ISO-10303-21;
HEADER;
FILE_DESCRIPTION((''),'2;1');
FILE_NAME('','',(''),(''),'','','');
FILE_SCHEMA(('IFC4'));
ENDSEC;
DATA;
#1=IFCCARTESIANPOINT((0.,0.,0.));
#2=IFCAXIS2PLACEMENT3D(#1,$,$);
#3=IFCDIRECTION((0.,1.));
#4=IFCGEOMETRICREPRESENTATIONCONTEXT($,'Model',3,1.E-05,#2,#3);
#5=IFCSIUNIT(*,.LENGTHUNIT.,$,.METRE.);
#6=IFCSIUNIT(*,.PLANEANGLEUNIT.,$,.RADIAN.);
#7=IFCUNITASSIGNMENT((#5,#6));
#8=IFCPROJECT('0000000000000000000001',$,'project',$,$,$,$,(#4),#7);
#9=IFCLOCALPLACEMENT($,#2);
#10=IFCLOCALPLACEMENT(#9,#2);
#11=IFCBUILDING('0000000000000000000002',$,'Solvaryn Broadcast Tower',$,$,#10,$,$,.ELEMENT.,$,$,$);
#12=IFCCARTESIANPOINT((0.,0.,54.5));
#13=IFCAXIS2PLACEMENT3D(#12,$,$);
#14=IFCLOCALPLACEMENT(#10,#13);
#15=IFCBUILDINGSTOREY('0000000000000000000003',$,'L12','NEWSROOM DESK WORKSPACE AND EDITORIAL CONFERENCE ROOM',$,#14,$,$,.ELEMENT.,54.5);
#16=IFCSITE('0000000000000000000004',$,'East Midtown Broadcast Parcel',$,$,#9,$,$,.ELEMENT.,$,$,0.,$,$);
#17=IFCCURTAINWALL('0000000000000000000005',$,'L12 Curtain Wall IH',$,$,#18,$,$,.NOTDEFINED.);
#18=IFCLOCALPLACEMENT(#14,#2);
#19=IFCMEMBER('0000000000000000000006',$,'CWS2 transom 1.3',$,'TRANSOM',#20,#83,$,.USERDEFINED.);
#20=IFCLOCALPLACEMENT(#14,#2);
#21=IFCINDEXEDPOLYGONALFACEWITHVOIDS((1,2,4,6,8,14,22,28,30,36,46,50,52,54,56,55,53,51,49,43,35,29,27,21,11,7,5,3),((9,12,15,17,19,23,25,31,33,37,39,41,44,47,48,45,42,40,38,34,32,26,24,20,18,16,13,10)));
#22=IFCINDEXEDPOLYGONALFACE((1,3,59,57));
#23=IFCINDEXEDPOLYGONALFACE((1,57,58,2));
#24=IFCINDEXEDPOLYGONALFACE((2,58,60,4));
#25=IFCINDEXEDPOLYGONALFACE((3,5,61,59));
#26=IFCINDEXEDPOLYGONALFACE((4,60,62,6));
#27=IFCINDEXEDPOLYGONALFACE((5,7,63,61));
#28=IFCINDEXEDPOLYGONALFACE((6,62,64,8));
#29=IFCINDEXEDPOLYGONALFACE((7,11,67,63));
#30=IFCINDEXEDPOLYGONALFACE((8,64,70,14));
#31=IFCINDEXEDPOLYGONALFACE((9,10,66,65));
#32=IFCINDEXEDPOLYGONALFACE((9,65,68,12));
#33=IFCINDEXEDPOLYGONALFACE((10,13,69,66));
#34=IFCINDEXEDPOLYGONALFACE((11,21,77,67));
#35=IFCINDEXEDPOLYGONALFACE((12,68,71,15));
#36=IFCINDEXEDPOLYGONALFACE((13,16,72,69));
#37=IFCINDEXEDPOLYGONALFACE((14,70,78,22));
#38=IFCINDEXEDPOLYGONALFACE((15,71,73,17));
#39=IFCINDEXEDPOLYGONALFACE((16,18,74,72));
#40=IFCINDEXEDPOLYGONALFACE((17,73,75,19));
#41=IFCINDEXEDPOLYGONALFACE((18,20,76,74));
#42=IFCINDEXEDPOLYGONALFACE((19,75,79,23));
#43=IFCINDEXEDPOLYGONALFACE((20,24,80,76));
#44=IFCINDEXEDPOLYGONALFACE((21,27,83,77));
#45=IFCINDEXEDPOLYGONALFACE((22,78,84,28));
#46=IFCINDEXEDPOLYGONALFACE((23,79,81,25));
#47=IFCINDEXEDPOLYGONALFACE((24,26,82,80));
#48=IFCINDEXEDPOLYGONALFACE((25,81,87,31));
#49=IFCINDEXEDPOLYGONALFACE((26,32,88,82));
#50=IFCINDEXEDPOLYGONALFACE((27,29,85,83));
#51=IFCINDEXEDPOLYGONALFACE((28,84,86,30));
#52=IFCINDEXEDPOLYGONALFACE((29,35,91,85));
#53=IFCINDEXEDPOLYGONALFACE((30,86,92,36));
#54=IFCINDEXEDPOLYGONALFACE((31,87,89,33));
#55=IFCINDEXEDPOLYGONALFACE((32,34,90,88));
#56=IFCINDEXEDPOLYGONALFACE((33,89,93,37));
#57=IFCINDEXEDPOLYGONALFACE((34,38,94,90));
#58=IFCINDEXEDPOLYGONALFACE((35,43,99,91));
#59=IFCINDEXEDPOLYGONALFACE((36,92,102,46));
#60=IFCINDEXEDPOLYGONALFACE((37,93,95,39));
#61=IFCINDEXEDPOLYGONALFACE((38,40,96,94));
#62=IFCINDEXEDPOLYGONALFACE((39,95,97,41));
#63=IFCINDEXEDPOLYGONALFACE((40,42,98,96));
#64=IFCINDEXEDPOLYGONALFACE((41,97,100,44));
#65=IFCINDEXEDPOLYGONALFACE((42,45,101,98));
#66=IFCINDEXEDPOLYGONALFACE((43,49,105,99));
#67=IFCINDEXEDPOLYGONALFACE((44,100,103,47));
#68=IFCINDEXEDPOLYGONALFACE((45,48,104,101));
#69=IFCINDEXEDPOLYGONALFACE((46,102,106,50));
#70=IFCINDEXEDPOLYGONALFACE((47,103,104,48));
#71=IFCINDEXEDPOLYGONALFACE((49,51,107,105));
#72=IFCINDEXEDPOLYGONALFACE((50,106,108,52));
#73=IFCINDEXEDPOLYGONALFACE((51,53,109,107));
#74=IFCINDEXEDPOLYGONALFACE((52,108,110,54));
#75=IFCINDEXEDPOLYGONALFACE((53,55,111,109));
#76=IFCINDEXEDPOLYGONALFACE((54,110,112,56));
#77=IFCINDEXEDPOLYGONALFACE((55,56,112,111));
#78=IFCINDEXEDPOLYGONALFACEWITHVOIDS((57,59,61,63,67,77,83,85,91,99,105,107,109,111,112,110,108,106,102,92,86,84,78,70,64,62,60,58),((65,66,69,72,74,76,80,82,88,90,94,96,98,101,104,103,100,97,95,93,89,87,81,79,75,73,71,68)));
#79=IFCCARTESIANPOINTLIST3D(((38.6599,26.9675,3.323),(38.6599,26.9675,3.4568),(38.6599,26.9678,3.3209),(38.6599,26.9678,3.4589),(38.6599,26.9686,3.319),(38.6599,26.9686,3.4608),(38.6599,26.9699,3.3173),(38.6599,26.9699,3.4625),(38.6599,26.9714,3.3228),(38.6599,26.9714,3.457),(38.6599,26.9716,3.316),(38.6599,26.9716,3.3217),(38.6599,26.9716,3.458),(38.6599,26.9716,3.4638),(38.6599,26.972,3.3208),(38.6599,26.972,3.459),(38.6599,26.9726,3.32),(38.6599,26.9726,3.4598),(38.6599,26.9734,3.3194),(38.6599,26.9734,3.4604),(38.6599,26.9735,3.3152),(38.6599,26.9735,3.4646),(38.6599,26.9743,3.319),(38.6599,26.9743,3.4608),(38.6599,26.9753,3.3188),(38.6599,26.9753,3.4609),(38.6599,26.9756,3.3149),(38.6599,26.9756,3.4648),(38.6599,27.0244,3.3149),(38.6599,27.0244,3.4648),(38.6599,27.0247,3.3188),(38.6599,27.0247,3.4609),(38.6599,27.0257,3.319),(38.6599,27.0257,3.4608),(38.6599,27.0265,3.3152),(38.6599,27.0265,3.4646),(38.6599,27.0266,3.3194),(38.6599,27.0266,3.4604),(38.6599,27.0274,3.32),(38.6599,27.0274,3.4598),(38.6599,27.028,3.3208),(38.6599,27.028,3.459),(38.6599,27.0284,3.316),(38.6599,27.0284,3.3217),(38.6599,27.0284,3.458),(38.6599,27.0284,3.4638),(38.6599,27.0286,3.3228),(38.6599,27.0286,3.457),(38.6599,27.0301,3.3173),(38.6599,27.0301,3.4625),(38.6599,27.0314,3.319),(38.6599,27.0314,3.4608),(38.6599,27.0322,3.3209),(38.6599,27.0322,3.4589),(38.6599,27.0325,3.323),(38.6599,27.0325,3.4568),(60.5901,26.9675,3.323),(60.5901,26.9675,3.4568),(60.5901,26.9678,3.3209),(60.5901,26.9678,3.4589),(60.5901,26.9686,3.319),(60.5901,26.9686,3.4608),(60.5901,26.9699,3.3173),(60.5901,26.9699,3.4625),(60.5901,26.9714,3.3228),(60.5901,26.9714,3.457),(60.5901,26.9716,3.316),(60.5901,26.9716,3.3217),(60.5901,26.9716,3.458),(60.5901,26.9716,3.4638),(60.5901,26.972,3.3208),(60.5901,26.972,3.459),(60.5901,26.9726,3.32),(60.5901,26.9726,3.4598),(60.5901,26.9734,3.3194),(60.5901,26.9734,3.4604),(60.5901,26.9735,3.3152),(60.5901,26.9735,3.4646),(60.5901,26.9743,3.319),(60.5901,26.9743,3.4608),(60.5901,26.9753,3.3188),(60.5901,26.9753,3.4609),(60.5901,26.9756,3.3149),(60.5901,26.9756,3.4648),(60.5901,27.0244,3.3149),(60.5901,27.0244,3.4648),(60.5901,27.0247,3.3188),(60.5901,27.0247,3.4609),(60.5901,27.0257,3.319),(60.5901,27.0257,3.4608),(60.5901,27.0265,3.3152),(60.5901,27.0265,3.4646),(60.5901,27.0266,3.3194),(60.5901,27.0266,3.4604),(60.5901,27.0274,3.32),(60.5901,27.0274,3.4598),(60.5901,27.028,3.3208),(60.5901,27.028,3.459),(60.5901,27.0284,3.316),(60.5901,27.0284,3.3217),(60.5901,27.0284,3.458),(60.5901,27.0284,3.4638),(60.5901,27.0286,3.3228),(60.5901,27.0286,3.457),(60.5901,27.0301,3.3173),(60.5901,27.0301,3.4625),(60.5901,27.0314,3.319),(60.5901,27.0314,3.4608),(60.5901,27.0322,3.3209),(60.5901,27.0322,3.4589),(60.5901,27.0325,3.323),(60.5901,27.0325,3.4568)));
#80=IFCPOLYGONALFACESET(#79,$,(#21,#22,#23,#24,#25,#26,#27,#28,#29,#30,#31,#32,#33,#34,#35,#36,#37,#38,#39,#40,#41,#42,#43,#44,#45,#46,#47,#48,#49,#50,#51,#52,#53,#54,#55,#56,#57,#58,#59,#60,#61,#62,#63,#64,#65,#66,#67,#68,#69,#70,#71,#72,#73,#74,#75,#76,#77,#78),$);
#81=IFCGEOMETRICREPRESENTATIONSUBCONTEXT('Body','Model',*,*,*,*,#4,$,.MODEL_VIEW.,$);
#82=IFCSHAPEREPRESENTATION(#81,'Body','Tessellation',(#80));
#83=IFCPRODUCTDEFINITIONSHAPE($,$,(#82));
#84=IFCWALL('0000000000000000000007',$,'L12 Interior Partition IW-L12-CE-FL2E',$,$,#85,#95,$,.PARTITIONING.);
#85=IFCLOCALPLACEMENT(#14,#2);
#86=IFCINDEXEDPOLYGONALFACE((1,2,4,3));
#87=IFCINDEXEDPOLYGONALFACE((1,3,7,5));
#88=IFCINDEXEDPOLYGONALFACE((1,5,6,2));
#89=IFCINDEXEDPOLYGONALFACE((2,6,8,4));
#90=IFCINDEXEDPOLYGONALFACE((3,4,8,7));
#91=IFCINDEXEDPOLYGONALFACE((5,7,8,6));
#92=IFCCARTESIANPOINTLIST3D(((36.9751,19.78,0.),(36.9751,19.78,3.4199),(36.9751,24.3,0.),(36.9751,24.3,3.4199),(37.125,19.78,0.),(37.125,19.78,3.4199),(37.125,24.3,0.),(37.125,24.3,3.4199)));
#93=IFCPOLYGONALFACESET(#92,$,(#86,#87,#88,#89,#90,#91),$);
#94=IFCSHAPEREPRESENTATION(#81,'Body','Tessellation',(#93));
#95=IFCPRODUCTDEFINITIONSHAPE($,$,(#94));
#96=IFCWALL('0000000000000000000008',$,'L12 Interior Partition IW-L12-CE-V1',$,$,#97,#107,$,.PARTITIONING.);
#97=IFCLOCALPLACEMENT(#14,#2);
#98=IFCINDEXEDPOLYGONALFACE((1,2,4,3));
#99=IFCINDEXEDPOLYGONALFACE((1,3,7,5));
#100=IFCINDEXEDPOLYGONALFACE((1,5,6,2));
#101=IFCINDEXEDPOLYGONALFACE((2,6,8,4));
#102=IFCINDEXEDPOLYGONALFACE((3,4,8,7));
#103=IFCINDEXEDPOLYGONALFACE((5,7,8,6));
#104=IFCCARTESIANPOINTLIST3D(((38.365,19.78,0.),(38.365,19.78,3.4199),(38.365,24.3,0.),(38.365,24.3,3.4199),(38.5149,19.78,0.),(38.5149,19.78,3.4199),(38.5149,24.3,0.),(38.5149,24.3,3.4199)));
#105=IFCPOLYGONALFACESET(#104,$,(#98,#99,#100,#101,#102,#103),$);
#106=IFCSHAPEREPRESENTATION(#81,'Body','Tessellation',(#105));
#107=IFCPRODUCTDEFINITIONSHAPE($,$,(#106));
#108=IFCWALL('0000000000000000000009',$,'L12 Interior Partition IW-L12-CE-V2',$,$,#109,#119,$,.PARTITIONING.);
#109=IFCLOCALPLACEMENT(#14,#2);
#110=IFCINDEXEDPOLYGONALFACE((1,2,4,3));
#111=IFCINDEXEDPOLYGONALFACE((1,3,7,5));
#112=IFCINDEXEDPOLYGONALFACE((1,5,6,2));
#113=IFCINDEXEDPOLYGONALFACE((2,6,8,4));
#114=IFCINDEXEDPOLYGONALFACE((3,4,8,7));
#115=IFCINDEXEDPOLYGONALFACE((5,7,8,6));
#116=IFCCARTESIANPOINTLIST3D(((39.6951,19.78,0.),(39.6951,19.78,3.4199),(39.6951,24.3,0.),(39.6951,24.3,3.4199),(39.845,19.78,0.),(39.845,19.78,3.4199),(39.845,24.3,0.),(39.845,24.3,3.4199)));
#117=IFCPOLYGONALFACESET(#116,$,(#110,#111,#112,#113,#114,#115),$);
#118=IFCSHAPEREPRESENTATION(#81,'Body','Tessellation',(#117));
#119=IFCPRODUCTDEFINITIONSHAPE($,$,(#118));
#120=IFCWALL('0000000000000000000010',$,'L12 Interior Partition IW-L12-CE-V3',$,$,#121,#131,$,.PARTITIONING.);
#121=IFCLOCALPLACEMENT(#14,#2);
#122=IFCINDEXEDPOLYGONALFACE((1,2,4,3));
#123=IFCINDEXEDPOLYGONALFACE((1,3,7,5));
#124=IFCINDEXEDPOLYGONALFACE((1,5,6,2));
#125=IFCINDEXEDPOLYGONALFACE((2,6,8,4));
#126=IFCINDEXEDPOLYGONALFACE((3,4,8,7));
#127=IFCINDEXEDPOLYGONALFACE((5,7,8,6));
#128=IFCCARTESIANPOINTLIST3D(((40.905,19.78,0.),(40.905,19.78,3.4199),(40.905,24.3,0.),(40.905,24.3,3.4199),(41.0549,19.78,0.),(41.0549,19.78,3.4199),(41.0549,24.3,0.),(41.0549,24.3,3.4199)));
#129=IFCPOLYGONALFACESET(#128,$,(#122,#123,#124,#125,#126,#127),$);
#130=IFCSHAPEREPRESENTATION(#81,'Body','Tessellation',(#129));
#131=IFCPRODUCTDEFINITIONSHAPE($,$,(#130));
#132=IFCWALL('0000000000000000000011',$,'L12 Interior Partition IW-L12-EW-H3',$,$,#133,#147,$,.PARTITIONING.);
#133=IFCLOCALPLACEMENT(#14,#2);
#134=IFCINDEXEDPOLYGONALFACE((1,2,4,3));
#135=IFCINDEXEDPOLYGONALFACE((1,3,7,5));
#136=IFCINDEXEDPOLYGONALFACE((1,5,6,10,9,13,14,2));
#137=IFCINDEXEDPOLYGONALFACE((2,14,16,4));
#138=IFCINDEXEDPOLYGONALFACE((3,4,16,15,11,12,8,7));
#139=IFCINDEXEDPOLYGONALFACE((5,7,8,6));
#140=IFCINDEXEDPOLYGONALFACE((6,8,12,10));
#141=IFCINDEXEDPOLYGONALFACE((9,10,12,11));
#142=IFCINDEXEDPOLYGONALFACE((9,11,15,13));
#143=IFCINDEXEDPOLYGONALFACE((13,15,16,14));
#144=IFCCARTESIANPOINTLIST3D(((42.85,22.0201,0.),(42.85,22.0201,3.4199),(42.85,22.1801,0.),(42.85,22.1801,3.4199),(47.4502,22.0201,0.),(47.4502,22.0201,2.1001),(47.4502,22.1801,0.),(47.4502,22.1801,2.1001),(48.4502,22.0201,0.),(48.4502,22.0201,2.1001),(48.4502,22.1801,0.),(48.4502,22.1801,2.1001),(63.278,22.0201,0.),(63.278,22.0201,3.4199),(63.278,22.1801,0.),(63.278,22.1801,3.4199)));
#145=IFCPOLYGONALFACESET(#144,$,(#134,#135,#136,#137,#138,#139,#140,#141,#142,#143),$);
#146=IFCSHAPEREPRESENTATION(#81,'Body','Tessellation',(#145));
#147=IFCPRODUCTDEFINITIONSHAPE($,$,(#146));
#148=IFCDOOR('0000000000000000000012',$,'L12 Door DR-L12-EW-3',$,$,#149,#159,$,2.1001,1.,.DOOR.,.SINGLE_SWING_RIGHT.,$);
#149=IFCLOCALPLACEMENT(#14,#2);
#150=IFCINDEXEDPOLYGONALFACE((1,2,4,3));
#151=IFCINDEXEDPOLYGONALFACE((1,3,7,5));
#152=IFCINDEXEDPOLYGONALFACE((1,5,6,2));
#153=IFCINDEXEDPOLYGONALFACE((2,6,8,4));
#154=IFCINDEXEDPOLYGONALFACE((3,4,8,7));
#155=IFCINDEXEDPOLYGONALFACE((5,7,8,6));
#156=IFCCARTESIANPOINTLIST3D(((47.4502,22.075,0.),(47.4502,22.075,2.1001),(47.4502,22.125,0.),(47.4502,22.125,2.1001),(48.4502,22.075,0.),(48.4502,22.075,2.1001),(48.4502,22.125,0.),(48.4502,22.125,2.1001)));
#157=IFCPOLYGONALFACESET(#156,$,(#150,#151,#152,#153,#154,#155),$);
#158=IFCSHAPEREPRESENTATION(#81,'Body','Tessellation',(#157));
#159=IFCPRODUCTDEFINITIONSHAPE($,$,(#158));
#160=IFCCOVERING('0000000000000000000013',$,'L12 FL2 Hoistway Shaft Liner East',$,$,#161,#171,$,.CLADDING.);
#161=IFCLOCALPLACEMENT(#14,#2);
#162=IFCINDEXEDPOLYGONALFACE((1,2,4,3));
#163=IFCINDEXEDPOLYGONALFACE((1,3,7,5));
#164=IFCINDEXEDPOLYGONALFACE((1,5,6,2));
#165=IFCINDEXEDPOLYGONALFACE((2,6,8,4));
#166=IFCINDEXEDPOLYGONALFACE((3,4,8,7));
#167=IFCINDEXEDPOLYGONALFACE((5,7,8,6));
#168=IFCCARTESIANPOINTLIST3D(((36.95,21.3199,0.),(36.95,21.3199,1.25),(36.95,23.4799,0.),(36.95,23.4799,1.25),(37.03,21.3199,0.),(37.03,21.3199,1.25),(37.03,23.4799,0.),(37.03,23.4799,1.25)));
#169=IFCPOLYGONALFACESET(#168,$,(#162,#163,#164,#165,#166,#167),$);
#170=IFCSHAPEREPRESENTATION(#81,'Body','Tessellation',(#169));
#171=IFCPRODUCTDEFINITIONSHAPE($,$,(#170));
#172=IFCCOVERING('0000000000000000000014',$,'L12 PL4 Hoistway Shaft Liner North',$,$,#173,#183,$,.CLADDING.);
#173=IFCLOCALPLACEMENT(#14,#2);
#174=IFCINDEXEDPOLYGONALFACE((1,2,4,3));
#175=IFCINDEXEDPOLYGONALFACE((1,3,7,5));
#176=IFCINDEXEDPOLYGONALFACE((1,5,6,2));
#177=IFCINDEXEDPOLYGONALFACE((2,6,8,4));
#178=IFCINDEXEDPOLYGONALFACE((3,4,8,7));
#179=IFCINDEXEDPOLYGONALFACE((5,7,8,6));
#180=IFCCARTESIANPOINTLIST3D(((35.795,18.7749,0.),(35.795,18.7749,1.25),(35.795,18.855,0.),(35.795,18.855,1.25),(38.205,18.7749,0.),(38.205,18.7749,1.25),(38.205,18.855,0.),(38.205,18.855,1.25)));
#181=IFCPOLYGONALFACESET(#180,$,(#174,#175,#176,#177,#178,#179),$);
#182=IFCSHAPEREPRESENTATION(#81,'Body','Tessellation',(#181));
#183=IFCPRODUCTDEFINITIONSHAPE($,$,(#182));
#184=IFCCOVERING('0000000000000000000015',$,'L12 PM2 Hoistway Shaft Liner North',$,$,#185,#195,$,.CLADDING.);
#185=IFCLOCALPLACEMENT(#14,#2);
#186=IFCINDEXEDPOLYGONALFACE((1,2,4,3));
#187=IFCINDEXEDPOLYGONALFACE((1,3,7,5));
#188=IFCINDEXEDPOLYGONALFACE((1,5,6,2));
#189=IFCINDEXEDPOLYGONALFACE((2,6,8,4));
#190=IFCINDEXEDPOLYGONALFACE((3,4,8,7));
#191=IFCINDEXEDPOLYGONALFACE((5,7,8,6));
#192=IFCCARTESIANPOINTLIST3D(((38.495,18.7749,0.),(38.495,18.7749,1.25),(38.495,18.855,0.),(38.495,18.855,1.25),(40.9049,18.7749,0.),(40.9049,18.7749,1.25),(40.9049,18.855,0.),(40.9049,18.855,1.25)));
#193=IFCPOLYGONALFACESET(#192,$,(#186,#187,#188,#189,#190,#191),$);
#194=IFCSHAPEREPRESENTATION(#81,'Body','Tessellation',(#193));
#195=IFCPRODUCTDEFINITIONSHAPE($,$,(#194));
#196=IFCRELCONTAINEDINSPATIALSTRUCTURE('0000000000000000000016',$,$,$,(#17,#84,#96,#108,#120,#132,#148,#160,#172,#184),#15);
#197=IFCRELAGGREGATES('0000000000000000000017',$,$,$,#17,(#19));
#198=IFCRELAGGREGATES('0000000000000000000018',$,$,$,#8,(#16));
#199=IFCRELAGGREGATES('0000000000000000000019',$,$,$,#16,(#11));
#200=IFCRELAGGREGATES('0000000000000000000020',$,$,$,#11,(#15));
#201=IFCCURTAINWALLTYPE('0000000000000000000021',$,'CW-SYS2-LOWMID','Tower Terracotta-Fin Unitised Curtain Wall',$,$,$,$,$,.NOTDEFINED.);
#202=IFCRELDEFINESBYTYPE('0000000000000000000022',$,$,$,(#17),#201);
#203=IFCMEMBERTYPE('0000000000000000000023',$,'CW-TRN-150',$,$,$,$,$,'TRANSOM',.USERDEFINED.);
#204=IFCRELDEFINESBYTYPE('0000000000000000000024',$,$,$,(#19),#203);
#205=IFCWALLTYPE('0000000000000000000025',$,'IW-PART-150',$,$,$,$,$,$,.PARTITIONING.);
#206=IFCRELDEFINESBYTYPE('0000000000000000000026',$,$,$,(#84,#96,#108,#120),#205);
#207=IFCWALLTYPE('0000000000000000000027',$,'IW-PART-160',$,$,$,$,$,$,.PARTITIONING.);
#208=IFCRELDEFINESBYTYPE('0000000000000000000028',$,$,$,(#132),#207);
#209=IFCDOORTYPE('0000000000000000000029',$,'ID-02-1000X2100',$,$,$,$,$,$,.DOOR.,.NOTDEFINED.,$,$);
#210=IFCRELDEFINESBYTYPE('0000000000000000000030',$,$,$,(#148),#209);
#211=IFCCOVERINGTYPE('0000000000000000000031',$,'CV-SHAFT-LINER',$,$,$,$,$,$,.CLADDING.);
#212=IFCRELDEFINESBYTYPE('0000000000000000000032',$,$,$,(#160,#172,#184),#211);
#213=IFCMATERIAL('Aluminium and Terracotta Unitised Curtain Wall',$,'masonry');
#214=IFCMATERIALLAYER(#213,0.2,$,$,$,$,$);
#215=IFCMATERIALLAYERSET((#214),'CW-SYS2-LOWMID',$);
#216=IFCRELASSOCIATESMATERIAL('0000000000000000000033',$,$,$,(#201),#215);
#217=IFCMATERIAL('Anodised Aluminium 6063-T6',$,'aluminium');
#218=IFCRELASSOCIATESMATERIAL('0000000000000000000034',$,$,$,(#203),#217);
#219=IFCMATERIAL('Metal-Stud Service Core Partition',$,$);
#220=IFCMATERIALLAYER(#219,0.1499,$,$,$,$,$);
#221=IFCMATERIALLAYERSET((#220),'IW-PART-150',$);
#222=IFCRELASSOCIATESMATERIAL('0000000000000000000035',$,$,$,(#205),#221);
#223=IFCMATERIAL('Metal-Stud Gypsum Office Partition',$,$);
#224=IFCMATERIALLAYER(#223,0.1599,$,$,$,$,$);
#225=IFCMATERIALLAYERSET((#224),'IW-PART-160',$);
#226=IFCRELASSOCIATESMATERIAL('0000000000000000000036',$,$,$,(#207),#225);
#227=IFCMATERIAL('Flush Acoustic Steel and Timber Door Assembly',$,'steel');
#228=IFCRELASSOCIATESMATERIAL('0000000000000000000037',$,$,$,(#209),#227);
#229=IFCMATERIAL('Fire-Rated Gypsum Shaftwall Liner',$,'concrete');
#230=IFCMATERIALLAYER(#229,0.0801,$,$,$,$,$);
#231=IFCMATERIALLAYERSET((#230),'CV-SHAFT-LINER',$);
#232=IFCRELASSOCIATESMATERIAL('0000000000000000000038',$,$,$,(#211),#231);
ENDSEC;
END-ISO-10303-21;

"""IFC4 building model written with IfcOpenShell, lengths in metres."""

from ifc_helpers import new_model, si_unit, direction, frame, frame_2d, origin, origin_2d, place, context, subcontext, project, spatial, rectangle, hollow_rectangle, extrude, material, layer, layer_set, material_profile, profile_set, type_object, element, fill, aggregate, save


model = new_model("IFC4")

# Units and contexts
model_context = context("Model", 3, precision=1e-05, world=origin(), true_north=direction((0.0, 1.0)))
body_context = subcontext(model_context, "Body", "Model", "MODEL_VIEW")
ifc_project = project(units=[si_unit("LENGTHUNIT", "METRE"), si_unit("PLANEANGLEUNIT", "RADIAN")], contexts=[model_context])

# Site, building, storey
site_placement = place(None, origin())
site = spatial("IfcSite", under=ifc_project, at=site_placement, Name="East Midtown Broadcast Parcel", CompositionType="ELEMENT", RefElevation=0.0)
building_placement = place(site_placement, origin())
building = spatial("IfcBuilding", under=site, at=building_placement, Name="Solvaryn Broadcast Tower", CompositionType="ELEMENT")
storey_placement = place(building_placement, frame((0.0, 0.0, 54.5)))
storey = spatial("IfcBuildingStorey", under=building, at=storey_placement, Name="L12", Description="NEWSROOM DESK WORKSPACE AND EDITORIAL CONFERENCE ROOM", CompositionType="ELEMENT", Elevation=54.5)

# Curtain wall
ifc_material_1 = material(Name="Aluminium and Terracotta Unitised Curtain Wall", Category="masonry")
ifc_layer_1 = layer(ifc_material_1, 0.2)
ifc_layer_set_1 = layer_set([ifc_layer_1], Name="CW-SYS2-LOWMID")
curtain_wall_type = type_object("IfcCurtainWallType", Name="CW-SYS2-LOWMID", Description="Tower Terracotta-Fin Unitised Curtain Wall", PredefinedType="NOTDEFINED", material=ifc_layer_set_1)
curtain_wall_1_placement = place(storey_placement, origin())
curtain_wall_1 = element("IfcCurtainWall", 1, at=curtain_wall_1_placement, inside=storey, type_object=curtain_wall_type, Name="L12 Curtain Wall IH", PredefinedType="NOTDEFINED")

# Member
ifc_material_2 = material(Name="Anodised Aluminium 6063-T6", Category="aluminium")
ifc_material_profile_1 = material_profile(ifc_material_2, hollow_rectangle(XDim=0.0649, YDim=0.1499, WallThickness=0.0039, InnerFilletRadius=0.0039, OuterFilletRadius=0.0081, at=origin_2d()))
ifc_profile_set_1 = profile_set([ifc_material_profile_1], Name="Anodised Aluminium 6063-T6")
member_type_1 = type_object("IfcMemberType", Name="CW-TRN-150", ElementType="TRANSOM", PredefinedType="USERDEFINED", material=ifc_profile_set_1)
member_1_placement = place(storey_placement, frame((38.6599, 27.0, 3.3899), z_axis=(1.0, 0.0, 0.0), x_axis=(0.0, 1.0, 0.0)))
member_1 = element("IfcMember", 2, at=member_1_placement, type_object=member_type_1, Name="CWS2 transom 1.3", ObjectType="TRANSOM", PredefinedType="USERDEFINED", context=body_context, shape_type="SweptSolid", body=[
    extrude(hollow_rectangle(XDim=0.0649, YDim=0.1499, WallThickness=0.0039, InnerFilletRadius=0.0039, OuterFilletRadius=0.0081, at=origin_2d()), origin(), (0.0, 0.0, 1.0), 21.9302),
])
aggregate(curtain_wall_1, [member_1])

# Walls
ifc_material_3 = material(Name="Metal-Stud Service Core Partition")
ifc_layer_2 = layer(ifc_material_3, 0.1499)
ifc_layer_set_2 = layer_set([ifc_layer_2], Name="IW-PART-150")
wall_type_1 = type_object("IfcWallType", Name="IW-PART-150", PredefinedType="PARTITIONING", material=ifc_layer_set_2)
for number, where, z_axis, x_axis, name in (
    (3, (37.05, 19.78, 0.0), (0.0, 0.0, 1.0), (0.0, 1.0, 0.0), "L12 Interior Partition IW-L12-CE-FL2E"),
    (4, (38.4399, 19.78, 0.0), (0.0, 0.0, 1.0), (0.0, 1.0, 0.0), "L12 Interior Partition IW-L12-CE-V1"),
    (5, (39.77, 19.78, 0.0), (0.0, 0.0, 1.0), (0.0, 1.0, 0.0), "L12 Interior Partition IW-L12-CE-V2"),
    (6, (40.98, 19.78, 0.0), (0.0, 0.0, 1.0), (0.0, 1.0, 0.0), "L12 Interior Partition IW-L12-CE-V3"),
):
    element("IfcWall", number, at=place(storey_placement, frame(where, z_axis=z_axis, x_axis=x_axis)), inside=storey, type_object=wall_type_1, Name=name, PredefinedType="PARTITIONING", context=body_context, shape_type="SweptSolid", body=[
        extrude(rectangle(XDim=4.52, YDim=0.1499, at=frame_2d((2.26, 0.0))), origin(), (0.0, 0.0, 1.0), 3.4199),
    ])

# Wall, opening, door
ifc_material_4 = material(Name="Metal-Stud Gypsum Office Partition")
ifc_layer_3 = layer(ifc_material_4, 0.1599)
ifc_layer_set_3 = layer_set([ifc_layer_3], Name="IW-PART-160")
wall_type_2 = type_object("IfcWallType", Name="IW-PART-160", PredefinedType="PARTITIONING", material=ifc_layer_set_3)
wall_1_placement = place(storey_placement, frame((42.8501, 22.1001, 0.0), z_axis=(0.0, 0.0, 1.0), x_axis=(1.0, 0.0, 0.0)))
wall_1 = element("IfcWall", 7, at=wall_1_placement, inside=storey, type_object=wall_type_2, Name="L12 Interior Partition IW-L12-EW-H3", PredefinedType="PARTITIONING", context=body_context, shape_type="SweptSolid", body=[
    extrude(rectangle(XDim=20.428, YDim=0.1599, at=frame_2d((10.2139, 0.0))), origin(), (0.0, 0.0, 1.0), 3.4199),
])
opening_1_placement = place(wall_1_placement, frame((4.6001, 0.0, 0.0)))
opening_1 = element("IfcOpeningElement", 8, at=opening_1_placement, cuts=wall_1, PredefinedType="OPENING", context=body_context, shape_type="SweptSolid", body=[
    extrude(rectangle(XDim=1.0, YDim=2.1001, at=frame_2d((0.5, 1.05))), frame((0.0, 0.0901, 0.0), z_axis=(0.0, -1.0, 0.0), x_axis=(1.0, 0.0, 0.0)), (0.0, 0.0, 1.0), 0.1799),
])
ifc_material_5 = material(Name="Flush Acoustic Steel and Timber Door Assembly", Category="steel")
door_type_1 = type_object("IfcDoorType", Name="ID-02-1000X2100", OperationType="NOTDEFINED", PredefinedType="DOOR", material=ifc_material_5)
door_1_placement = place(opening_1_placement, origin())
door_1 = element("IfcDoor", 9, at=door_1_placement, inside=storey, type_object=door_type_1, Name="L12 Door DR-L12-EW-3", OperationType="SINGLE_SWING_RIGHT", OverallHeight=2.1001, OverallWidth=1.0, PredefinedType="DOOR", context=body_context, shape_type="SweptSolid", body=[
    extrude(rectangle(XDim=1.0, YDim=2.1001, at=frame_2d((0.5, 1.05))), frame((0.0, 0.0249, 0.0), z_axis=(0.0, -1.0, 0.0), x_axis=(1.0, 0.0, 0.0)), (0.0, 0.0, 1.0), 0.05),
])
fill(opening_1, door_1)

# Coverings
ifc_material_6 = material(Name="Fire-Rated Gypsum Shaftwall Liner", Category="concrete")
ifc_layer_4 = layer(ifc_material_6, 0.0801)
ifc_layer_set_4 = layer_set([ifc_layer_4], Name="CV-SHAFT-LINER")
covering_type_1 = type_object("IfcCoveringType", Name="CV-SHAFT-LINER", PredefinedType="CLADDING", material=ifc_layer_set_4)
covering_placement = place(storey_placement, frame((36.99, 22.3999, 0.0), z_axis=(0.0, 0.0, 1.0), x_axis=(1.0, 0.0, 0.0)))
element("IfcCovering", 10, at=covering_placement, inside=storey, type_object=covering_type_1, Name="L12 FL2 Hoistway Shaft Liner East", PredefinedType="CLADDING", context=body_context, shape_type="SweptSolid", body=[
    extrude(rectangle(XDim=0.0801, YDim=2.1599, at=origin_2d()), origin(), (0.0, 0.0, 1.0), 1.25),
])
for number, where, z_axis, x_axis, name in (
    (11, (37.0, 18.8149, 0.0), (0.0, 0.0, 1.0), (1.0, 0.0, 0.0), "L12 PL4 Hoistway Shaft Liner North"),
    (12, (39.7, 18.8149, 0.0), (0.0, 0.0, 1.0), (1.0, 0.0, 0.0), "L12 PM2 Hoistway Shaft Liner North"),
):
    element("IfcCovering", number, at=place(storey_placement, frame(where, z_axis=z_axis, x_axis=x_axis)), inside=storey, type_object=covering_type_1, Name=name, PredefinedType="CLADDING", context=body_context, shape_type="SweptSolid", body=[
        extrude(rectangle(XDim=2.4099, YDim=0.0801, at=origin_2d()), origin(), (0.0, 0.0, 1.0), 1.25),
    ])

save(model, "model.ifc")
